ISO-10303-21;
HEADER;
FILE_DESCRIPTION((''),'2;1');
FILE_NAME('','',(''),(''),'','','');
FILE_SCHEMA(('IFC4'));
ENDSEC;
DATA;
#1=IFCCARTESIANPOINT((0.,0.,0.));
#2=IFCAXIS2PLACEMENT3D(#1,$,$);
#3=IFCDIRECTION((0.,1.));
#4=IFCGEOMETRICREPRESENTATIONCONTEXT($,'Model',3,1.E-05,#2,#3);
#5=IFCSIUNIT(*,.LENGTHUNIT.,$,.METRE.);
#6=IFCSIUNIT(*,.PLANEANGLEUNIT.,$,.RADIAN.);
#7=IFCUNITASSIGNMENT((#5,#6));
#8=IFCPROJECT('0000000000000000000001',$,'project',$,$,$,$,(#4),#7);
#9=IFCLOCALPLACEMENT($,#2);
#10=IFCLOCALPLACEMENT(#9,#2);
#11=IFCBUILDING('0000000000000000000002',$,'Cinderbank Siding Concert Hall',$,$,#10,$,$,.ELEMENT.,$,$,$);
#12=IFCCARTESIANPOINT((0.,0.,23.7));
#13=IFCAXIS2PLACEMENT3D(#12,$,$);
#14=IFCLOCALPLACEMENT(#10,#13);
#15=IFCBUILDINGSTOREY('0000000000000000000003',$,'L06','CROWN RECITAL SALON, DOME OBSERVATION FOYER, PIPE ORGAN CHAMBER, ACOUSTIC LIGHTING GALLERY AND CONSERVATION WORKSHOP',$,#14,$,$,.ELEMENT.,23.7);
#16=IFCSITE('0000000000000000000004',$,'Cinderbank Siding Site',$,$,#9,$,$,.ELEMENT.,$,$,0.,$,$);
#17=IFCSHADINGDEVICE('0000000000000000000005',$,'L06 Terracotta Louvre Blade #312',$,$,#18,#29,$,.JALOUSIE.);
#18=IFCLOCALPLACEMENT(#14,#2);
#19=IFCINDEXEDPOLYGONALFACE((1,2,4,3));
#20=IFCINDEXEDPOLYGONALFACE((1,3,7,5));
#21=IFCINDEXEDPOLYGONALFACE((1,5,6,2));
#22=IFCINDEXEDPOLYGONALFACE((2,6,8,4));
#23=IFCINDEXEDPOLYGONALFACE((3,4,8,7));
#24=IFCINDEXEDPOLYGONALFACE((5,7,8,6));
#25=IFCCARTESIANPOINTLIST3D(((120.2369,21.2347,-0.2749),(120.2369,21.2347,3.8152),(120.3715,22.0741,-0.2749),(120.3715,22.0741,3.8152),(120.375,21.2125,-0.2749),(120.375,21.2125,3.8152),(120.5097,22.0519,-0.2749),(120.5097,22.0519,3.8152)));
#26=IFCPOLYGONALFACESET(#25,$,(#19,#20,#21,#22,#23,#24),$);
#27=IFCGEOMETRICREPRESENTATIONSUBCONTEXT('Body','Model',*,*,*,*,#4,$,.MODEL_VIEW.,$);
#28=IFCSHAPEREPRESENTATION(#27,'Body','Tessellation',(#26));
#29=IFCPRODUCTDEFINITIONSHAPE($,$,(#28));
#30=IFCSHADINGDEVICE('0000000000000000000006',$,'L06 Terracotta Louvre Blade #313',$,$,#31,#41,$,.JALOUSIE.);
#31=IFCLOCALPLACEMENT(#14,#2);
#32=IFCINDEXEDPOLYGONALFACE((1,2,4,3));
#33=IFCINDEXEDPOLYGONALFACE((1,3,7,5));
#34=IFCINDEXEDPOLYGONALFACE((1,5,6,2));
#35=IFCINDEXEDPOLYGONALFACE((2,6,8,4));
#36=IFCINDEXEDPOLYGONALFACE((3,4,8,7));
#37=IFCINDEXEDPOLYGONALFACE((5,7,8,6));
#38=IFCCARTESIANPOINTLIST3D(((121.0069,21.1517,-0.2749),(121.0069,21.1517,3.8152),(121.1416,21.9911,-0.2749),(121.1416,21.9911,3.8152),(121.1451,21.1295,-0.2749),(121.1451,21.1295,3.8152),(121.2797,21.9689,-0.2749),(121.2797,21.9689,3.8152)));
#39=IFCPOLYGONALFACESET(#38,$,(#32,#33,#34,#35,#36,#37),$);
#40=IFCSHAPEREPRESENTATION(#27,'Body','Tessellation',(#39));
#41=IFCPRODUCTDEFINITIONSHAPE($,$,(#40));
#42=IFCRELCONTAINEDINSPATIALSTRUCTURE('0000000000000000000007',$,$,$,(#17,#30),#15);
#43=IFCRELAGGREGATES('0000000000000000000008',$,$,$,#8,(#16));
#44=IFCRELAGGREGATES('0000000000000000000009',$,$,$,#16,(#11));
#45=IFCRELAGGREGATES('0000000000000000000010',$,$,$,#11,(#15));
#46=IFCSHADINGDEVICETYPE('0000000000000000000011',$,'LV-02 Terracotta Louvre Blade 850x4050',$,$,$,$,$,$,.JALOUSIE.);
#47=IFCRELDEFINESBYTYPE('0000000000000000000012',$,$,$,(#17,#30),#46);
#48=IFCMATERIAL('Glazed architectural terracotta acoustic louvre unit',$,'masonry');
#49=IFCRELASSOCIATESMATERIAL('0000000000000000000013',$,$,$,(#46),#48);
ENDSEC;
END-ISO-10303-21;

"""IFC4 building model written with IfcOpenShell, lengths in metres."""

from ifc_helpers import new_model, si_unit, direction, frame, origin, origin_2d, place, context, subcontext, project, spatial, rectangle, extrude, material, type_object, element, save


model = new_model("IFC4")

# Units and contexts
model_context = context("Model", 3, precision=1e-05, world=origin(), true_north=direction((0.0, 1.0)))
body_context = subcontext(model_context, "Body", "Model", "MODEL_VIEW")
ifc_project = project(units=[si_unit("LENGTHUNIT", "METRE"), si_unit("PLANEANGLEUNIT", "RADIAN")], contexts=[model_context])

# Site, building, storey
site_placement = place(None, origin())
site = spatial("IfcSite", under=ifc_project, at=site_placement, Name="Cinderbank Siding Site", CompositionType="ELEMENT", RefElevation=0.0)
building_placement = place(site_placement, origin())
building = spatial("IfcBuilding", under=site, at=building_placement, Name="Cinderbank Siding Concert Hall", CompositionType="ELEMENT")
storey_placement = place(building_placement, frame((0.0, 0.0, 23.7)))
storey = spatial("IfcBuildingStorey", under=building, at=storey_placement, Name="L06", Description="CROWN RECITAL SALON, DOME OBSERVATION FOYER, PIPE ORGAN CHAMBER, ACOUSTIC LIGHTING GALLERY AND CONSERVATION WORKSHOP", CompositionType="ELEMENT", Elevation=23.7)

# Shading devices
ifc_material_1 = material(Name="Glazed architectural terracotta acoustic louvre unit", Category="masonry")
shading_device_type = type_object("IfcShadingDeviceType", Name="LV-02 Terracotta Louvre Blade 850x4050", PredefinedType="JALOUSIE", material=ifc_material_1)
for number, where, z_axis, x_axis, name in (
    (1, (120.3733, 21.6433, -0.2749), (0.0, 0.0, 1.0), (-0.158354, -0.987382, 0.0), "L06 Terracotta Louvre Blade #312"),
    (2, (121.1433, 21.5603, -0.2749), (0.0, 0.0, 1.0), (-0.158354, -0.987382, 0.0), "L06 Terracotta Louvre Blade #313"),
):
    element("IfcShadingDevice", number, at=place(storey_placement, frame(where, z_axis=z_axis, x_axis=x_axis)), inside=storey, type_object=shading_device_type, Name=name, PredefinedType="JALOUSIE", context=body_context, shape_type="SweptSolid", body=[
        extrude(rectangle(XDim=0.8501, YDim=0.1399, at=origin_2d()), origin(), (0.0, 0.0, 1.0), 4.0901),
    ])

save(model, "model.ifc")
